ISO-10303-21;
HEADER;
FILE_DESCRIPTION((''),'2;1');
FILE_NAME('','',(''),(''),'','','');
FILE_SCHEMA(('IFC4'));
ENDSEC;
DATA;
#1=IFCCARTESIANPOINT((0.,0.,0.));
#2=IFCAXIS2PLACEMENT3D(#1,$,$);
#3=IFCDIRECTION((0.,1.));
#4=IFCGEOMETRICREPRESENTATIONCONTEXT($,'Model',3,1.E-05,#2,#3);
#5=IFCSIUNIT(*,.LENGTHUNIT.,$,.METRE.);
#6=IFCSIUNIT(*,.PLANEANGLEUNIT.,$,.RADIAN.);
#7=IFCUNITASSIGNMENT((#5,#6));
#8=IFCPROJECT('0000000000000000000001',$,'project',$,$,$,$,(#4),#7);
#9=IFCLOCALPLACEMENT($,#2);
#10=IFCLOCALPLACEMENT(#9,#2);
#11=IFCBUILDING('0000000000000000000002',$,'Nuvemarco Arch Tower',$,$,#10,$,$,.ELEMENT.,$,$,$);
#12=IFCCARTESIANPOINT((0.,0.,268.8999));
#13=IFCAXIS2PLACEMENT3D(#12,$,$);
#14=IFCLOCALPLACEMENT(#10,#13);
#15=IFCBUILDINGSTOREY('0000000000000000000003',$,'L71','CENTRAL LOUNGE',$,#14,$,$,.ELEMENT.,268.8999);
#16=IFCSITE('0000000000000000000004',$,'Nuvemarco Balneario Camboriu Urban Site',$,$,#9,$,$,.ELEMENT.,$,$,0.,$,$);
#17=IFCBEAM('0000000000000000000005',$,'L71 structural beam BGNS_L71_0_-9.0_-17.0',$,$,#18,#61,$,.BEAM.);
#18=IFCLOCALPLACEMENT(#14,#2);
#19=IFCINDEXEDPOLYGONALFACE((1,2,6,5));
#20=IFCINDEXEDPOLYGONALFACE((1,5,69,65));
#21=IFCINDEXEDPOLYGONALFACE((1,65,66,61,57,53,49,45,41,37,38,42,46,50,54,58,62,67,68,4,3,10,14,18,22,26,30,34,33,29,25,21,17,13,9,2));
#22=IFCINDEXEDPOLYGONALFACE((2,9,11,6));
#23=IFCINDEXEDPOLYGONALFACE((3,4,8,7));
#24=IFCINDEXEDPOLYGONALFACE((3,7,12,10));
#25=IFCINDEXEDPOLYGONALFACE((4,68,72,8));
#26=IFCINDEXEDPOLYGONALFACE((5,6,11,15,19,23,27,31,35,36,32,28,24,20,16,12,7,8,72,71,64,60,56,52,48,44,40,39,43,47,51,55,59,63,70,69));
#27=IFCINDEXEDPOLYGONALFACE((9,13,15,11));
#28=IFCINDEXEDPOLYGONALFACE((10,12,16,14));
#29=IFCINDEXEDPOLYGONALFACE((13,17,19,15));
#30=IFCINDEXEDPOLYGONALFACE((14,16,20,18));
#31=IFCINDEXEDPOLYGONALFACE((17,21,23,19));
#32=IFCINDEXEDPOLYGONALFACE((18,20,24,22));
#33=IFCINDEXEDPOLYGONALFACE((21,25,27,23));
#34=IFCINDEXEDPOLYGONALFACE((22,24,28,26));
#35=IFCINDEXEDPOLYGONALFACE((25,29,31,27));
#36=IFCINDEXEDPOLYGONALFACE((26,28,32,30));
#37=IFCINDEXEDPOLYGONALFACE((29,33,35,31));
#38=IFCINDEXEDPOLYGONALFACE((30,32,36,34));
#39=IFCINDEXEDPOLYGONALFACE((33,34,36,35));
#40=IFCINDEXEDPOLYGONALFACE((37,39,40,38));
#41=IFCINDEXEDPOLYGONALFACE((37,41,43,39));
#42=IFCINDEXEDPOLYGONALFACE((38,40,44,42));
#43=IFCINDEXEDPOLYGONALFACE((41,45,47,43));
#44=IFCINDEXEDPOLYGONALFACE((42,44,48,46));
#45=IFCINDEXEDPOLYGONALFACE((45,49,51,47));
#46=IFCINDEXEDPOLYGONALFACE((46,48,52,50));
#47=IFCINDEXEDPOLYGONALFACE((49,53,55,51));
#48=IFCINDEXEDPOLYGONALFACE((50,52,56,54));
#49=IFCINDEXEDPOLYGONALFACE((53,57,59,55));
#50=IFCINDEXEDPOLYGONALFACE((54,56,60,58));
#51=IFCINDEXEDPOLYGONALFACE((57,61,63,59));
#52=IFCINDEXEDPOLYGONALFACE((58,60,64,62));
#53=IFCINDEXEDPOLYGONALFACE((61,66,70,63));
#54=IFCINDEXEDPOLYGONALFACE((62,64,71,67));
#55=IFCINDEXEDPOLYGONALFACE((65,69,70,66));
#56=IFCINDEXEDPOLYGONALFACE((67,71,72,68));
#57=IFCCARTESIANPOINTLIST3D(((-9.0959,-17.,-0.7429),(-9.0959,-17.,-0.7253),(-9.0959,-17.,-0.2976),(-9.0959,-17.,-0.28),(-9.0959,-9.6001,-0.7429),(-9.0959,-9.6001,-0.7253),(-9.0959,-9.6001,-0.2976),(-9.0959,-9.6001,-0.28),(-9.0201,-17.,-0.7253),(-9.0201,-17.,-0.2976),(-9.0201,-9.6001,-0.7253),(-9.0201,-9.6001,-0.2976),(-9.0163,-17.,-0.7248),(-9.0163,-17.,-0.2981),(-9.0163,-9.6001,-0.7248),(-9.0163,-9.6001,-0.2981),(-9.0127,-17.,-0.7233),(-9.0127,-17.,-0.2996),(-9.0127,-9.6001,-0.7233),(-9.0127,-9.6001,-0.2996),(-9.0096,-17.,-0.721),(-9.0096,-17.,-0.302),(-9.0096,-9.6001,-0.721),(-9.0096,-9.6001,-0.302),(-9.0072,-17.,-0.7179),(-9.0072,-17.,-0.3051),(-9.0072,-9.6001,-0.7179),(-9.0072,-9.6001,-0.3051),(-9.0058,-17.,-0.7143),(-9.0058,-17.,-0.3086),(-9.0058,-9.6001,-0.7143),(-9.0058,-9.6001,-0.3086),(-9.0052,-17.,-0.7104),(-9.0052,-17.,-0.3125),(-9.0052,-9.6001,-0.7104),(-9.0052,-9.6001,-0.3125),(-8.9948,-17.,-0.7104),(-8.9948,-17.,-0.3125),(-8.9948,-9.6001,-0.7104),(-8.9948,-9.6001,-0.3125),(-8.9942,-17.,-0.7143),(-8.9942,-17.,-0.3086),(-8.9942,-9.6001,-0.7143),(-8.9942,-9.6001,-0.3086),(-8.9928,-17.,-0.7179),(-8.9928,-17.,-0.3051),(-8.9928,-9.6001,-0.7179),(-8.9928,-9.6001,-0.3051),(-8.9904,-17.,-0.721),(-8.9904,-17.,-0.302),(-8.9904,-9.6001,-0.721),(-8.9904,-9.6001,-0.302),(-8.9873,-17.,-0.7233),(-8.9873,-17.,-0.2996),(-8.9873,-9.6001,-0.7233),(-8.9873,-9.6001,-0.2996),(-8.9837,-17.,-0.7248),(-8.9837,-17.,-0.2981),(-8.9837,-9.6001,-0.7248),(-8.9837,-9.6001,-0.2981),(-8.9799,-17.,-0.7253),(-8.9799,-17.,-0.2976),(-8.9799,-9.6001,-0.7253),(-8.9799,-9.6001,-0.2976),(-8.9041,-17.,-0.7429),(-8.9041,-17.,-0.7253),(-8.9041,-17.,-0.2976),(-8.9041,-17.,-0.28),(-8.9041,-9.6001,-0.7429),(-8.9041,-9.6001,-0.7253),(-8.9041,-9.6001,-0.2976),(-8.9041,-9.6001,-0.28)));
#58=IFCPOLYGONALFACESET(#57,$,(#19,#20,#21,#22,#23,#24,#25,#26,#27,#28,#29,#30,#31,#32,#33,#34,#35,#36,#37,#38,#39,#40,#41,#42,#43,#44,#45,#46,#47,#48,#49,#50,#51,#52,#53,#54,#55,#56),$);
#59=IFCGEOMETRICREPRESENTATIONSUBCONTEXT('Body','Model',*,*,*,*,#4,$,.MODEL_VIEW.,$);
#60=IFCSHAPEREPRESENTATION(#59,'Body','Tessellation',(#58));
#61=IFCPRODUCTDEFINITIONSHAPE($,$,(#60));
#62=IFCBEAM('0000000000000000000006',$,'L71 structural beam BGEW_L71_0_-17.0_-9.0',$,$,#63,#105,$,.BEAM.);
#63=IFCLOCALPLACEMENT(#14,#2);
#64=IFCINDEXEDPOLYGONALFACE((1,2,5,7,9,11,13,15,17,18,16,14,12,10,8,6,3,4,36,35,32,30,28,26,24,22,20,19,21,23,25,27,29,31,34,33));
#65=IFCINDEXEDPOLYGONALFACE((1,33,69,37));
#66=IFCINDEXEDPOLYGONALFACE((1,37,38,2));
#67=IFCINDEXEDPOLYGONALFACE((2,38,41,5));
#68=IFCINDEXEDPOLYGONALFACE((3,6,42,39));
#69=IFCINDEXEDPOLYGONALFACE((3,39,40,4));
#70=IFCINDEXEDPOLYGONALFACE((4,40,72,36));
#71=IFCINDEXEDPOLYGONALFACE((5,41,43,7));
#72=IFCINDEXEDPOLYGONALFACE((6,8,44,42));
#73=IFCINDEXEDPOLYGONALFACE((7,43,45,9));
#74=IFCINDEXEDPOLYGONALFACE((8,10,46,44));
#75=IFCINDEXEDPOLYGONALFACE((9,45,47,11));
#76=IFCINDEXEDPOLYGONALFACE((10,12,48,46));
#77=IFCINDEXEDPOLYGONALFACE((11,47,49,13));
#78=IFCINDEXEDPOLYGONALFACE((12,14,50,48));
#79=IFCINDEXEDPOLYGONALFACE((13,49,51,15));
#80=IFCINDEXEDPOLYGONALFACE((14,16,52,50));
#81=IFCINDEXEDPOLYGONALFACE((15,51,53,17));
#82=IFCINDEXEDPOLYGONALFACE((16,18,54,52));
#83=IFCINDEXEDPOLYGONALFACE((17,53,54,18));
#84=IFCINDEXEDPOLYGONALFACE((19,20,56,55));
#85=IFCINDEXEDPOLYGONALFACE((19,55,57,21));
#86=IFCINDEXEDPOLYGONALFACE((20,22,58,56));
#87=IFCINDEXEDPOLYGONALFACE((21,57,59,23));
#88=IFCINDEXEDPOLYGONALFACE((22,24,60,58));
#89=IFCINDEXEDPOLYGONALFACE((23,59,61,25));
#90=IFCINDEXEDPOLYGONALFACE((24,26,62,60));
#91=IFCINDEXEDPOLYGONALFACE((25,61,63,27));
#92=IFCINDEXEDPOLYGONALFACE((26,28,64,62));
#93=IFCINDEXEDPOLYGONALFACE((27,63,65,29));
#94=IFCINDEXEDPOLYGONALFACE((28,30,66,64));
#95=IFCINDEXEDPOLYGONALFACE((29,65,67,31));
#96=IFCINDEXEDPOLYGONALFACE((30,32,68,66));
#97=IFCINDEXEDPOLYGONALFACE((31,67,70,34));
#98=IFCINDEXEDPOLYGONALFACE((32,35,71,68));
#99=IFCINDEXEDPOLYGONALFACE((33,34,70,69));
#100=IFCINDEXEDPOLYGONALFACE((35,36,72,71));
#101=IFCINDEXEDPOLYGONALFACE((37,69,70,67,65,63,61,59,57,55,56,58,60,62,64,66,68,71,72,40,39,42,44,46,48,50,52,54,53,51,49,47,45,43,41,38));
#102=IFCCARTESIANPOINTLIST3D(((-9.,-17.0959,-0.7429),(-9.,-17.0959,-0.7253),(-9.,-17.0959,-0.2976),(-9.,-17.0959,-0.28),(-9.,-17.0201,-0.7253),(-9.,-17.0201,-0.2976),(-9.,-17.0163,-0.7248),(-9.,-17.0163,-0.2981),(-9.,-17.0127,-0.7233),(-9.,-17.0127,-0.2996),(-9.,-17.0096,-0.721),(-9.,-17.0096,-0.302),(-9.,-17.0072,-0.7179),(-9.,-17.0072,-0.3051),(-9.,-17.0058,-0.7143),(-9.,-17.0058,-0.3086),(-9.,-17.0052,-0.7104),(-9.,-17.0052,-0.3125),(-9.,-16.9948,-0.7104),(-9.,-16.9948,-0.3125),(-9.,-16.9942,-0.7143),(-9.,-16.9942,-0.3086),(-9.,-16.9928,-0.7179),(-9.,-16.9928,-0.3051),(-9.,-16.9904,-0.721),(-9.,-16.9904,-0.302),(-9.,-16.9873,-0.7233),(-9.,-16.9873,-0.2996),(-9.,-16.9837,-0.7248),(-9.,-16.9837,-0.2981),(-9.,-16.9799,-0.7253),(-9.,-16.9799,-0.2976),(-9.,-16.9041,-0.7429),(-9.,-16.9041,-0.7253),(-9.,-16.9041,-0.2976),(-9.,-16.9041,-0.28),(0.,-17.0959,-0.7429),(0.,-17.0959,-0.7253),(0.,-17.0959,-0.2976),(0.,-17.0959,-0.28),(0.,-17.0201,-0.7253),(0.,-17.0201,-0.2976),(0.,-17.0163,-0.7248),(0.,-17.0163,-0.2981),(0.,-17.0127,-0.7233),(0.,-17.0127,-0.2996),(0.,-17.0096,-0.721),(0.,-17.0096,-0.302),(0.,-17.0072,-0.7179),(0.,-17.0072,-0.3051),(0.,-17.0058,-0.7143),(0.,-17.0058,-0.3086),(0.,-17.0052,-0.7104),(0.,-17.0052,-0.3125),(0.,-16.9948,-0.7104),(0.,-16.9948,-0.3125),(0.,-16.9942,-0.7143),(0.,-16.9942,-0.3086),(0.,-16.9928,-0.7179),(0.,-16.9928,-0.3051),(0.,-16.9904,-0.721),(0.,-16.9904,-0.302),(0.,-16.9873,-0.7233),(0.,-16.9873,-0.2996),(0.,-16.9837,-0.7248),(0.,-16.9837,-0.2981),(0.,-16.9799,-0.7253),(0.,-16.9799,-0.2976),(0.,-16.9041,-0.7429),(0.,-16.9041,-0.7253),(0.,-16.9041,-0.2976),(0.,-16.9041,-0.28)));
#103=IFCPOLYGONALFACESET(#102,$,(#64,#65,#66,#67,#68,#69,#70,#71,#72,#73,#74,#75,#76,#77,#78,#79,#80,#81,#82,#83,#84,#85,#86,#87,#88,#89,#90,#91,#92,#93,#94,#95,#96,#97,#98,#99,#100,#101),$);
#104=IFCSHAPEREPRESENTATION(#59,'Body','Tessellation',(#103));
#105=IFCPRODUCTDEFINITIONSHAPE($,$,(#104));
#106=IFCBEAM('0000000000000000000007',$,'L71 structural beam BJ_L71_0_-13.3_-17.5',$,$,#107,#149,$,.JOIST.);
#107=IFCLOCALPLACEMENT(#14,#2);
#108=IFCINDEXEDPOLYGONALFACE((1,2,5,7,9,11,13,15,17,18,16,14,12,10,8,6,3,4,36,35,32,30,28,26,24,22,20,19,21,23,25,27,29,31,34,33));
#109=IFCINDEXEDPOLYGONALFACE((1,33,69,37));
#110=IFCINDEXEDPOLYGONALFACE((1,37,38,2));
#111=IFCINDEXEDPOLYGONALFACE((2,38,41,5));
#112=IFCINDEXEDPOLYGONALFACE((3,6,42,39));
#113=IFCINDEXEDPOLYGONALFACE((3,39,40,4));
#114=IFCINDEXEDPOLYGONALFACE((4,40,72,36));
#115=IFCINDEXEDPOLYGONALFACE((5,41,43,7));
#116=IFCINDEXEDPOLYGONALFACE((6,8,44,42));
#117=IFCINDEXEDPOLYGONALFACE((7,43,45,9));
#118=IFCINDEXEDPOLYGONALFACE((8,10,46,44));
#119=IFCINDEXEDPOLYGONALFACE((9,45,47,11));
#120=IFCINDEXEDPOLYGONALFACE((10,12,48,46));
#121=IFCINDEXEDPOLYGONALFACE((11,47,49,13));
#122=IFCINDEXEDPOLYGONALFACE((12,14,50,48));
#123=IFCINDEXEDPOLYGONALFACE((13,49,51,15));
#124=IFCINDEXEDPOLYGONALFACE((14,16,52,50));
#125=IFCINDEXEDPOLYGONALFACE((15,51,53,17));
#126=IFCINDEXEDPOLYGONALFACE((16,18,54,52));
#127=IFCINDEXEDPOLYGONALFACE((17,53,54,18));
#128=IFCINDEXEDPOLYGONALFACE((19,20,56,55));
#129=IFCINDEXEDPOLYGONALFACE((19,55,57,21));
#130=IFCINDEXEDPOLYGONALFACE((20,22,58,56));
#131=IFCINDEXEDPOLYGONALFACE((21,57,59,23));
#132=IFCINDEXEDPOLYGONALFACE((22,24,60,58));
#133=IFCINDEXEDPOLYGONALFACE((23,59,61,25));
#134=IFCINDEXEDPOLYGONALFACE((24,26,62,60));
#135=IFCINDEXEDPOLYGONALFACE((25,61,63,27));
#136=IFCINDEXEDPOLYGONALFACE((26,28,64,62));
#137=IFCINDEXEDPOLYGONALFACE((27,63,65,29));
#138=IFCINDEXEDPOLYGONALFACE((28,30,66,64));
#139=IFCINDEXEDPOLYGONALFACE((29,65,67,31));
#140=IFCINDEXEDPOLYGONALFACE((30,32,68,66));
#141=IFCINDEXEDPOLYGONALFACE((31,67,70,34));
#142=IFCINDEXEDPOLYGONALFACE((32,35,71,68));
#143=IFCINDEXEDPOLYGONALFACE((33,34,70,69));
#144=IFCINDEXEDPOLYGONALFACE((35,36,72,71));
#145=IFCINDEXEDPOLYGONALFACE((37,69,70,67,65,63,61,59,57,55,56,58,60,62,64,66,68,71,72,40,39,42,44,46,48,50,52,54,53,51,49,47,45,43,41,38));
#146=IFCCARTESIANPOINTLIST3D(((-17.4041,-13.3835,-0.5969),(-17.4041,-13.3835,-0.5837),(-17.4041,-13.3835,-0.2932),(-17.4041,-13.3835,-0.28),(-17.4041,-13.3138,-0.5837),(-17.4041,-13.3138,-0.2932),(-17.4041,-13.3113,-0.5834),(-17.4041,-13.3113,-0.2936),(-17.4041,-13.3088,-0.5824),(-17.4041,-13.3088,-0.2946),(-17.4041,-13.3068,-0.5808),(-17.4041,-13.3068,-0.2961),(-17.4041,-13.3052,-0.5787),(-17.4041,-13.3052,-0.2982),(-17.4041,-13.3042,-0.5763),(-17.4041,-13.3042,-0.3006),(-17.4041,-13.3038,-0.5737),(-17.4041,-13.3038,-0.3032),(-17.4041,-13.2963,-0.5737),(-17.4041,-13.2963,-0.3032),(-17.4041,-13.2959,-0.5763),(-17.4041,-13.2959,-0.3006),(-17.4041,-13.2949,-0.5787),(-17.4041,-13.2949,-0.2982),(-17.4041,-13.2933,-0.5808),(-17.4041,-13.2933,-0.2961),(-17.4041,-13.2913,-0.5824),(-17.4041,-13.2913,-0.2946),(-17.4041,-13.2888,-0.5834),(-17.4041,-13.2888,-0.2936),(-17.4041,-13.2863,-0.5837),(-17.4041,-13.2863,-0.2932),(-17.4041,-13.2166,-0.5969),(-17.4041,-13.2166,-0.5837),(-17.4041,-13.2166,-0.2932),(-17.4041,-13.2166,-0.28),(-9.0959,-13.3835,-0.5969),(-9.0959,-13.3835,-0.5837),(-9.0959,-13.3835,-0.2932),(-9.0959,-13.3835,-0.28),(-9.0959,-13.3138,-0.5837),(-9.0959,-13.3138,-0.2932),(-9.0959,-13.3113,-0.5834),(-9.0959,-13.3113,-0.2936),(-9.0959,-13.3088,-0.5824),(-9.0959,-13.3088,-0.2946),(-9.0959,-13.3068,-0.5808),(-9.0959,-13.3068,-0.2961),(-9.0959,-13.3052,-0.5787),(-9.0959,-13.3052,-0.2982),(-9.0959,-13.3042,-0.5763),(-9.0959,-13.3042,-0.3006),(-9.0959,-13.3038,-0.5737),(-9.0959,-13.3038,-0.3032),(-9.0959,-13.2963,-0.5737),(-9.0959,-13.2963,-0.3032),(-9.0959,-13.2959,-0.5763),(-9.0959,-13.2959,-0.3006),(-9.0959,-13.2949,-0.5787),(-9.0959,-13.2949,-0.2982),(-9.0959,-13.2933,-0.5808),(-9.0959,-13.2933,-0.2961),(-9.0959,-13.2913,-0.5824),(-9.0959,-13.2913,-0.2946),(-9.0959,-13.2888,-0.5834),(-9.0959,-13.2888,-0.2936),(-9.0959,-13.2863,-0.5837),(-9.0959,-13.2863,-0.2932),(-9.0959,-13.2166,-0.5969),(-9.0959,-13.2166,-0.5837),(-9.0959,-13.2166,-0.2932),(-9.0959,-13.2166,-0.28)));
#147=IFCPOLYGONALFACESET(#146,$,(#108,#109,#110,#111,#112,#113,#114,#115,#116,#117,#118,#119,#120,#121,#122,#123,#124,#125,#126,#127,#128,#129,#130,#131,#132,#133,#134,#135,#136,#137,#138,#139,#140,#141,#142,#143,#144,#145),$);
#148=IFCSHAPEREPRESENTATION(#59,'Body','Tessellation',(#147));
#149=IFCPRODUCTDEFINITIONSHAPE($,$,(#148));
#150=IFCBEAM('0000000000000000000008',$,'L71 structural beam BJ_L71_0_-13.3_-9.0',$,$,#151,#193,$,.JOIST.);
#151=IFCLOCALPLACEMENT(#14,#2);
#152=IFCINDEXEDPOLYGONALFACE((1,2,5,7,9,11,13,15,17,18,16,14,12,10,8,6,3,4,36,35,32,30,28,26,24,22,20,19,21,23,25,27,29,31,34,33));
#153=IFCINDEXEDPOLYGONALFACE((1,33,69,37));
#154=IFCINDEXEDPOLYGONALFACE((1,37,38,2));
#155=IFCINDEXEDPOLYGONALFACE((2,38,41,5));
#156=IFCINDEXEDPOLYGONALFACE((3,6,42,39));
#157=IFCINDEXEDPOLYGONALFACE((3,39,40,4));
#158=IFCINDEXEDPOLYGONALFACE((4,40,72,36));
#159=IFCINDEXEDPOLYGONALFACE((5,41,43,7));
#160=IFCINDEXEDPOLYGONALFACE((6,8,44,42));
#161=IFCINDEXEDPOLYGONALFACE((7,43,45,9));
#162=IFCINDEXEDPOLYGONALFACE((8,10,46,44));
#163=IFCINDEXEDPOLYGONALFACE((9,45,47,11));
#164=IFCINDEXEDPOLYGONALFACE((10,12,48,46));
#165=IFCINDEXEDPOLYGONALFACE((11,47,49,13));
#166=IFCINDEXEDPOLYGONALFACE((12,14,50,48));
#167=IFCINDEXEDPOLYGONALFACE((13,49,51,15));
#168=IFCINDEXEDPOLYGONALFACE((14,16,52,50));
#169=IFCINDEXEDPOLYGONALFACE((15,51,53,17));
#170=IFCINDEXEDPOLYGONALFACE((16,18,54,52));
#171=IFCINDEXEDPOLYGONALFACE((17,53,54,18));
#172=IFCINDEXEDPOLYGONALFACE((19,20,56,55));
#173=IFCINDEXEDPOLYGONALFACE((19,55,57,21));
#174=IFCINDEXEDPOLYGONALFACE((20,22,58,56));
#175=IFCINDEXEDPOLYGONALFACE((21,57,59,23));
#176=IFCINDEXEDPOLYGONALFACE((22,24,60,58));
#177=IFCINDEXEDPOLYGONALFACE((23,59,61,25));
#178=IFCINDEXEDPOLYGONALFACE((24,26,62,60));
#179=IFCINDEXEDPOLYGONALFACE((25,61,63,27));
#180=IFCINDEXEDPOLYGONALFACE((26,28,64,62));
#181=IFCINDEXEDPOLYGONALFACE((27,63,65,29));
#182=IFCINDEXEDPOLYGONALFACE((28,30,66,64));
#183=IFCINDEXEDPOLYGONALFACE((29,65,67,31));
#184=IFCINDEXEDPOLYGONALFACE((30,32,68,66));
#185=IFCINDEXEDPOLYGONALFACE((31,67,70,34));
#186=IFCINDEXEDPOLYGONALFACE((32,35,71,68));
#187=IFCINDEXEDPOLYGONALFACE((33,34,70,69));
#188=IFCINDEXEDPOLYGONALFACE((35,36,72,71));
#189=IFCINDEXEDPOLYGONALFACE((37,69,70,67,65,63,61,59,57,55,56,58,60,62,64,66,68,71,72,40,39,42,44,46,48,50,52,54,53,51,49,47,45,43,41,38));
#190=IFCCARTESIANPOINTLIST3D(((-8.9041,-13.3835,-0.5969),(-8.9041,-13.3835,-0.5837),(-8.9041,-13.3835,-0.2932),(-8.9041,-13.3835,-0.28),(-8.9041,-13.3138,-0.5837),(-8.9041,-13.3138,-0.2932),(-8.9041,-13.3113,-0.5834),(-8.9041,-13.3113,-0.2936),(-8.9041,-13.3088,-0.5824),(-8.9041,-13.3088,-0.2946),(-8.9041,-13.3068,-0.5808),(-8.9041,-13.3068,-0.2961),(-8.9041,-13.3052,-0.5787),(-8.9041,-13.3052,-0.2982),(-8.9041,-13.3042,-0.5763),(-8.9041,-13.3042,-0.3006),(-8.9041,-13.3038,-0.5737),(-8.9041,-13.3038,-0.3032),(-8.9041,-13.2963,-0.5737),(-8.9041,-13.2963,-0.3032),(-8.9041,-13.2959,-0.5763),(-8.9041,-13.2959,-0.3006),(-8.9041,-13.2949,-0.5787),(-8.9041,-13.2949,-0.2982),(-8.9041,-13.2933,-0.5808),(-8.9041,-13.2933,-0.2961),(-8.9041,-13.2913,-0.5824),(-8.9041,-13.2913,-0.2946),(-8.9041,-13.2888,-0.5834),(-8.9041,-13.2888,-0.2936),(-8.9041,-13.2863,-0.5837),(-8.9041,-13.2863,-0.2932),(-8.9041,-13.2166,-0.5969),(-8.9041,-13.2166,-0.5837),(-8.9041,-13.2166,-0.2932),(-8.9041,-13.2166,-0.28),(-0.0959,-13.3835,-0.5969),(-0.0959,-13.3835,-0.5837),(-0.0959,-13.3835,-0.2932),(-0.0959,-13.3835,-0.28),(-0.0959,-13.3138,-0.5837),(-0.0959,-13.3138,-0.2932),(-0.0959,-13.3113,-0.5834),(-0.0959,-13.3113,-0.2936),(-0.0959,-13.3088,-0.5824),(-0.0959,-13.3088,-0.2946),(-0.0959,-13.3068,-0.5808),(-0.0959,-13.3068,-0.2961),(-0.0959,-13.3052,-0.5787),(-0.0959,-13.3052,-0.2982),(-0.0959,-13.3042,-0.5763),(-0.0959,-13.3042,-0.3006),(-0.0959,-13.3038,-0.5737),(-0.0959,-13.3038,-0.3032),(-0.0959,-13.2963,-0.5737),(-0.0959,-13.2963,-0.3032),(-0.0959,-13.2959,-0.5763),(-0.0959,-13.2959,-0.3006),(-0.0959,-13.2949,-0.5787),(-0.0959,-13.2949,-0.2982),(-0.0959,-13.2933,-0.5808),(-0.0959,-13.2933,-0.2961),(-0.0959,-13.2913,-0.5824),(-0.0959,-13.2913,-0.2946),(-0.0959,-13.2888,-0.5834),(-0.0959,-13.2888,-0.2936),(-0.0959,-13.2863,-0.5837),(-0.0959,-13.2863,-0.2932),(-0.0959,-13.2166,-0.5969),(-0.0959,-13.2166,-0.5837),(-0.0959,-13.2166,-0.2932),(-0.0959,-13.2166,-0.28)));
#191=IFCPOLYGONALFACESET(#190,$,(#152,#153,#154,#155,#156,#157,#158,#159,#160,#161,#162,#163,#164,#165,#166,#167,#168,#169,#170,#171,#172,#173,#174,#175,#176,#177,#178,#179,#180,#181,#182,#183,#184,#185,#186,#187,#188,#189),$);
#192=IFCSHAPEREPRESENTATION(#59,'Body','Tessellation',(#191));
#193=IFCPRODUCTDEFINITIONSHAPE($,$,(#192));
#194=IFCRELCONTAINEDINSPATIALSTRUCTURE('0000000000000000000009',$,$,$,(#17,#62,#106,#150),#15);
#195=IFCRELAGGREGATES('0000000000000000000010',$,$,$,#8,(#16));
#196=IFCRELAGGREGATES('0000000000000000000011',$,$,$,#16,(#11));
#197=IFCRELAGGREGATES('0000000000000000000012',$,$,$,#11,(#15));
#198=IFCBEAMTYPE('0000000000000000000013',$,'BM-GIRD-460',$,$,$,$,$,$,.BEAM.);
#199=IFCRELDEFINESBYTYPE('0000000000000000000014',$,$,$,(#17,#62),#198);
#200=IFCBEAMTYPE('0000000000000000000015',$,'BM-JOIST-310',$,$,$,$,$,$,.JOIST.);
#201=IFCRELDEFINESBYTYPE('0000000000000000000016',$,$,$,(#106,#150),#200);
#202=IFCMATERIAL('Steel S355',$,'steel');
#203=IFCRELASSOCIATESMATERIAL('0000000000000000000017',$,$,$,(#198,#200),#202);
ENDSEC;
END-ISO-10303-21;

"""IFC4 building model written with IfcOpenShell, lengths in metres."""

from ifc_helpers import new_model, si_unit, direction, frame, origin, origin_2d, place, context, subcontext, project, spatial, i_section, extrude, material, material_profile, profile_set, type_object, element, save


model = new_model("IFC4")

# Units and contexts
model_context = context("Model", 3, precision=1e-05, world=origin(), true_north=direction((0.0, 1.0)))
body_context = subcontext(model_context, "Body", "Model", "MODEL_VIEW")
ifc_project = project(units=[si_unit("LENGTHUNIT", "METRE"), si_unit("PLANEANGLEUNIT", "RADIAN")], contexts=[model_context])

# Site, building, storey
site_placement = place(None, origin())
site = spatial("IfcSite", under=ifc_project, at=site_placement, Name="Nuvemarco Balneario Camboriu Urban Site", CompositionType="ELEMENT", RefElevation=0.0)
building_placement = place(site_placement, origin())
building = spatial("IfcBuilding", under=site, at=building_placement, Name="Nuvemarco Arch Tower", CompositionType="ELEMENT")
storey_placement = place(building_placement, frame((0.0, 0.0, 268.8999)))
storey = spatial("IfcBuildingStorey", under=building, at=storey_placement, Name="L71", Description="CENTRAL LOUNGE", CompositionType="ELEMENT", Elevation=268.8999)

# Shared definitions
ifc_material_1 = material(Name="Steel S355", Category="steel")

# Beams
ifc_material_profile_1 = material_profile(ifc_material_1, i_section(OverallWidth=0.1919, OverallDepth=0.4629, WebThickness=0.0105, FlangeThickness=0.0176, FilletRadius=0.0149, at=origin_2d()), Name="W460x89")
ifc_profile_set_1 = profile_set([ifc_material_profile_1], Name="Steel S355")
beam_type_1 = type_object("IfcBeamType", Name="BM-GIRD-460", PredefinedType="BEAM", material=ifc_profile_set_1)
beam_1_placement = place(storey_placement, frame((-9.0, -17.0, -0.5115), z_axis=(0.0, 1.0, 0.0), x_axis=(-1.0, 0.0, 0.0)))
element("IfcBeam", 1, at=beam_1_placement, inside=storey, type_object=beam_type_1, Name="L71 structural beam BGNS_L71_0_-9.0_-17.0", PredefinedType="BEAM", context=body_context, shape_type="SweptSolid", body=[
    extrude(i_section(OverallWidth=0.1919, OverallDepth=0.4629, WebThickness=0.0105, FlangeThickness=0.0176, FilletRadius=0.0149, at=origin_2d()), origin(), (0.0, 0.0, 1.0), 7.3999),
])
beam_2_placement = place(storey_placement, frame((-9.0, -17.0, -0.5115), z_axis=(1.0, 0.0, 0.0), x_axis=(0.0, 1.0, 0.0)))
element("IfcBeam", 2, at=beam_2_placement, inside=storey, type_object=beam_type_1, Name="L71 structural beam BGEW_L71_0_-17.0_-9.0", PredefinedType="BEAM", context=body_context, shape_type="SweptSolid", body=[
    extrude(i_section(OverallWidth=0.1919, OverallDepth=0.4629, WebThickness=0.0105, FlangeThickness=0.0176, FilletRadius=0.0149, at=origin_2d()), origin(), (0.0, 0.0, 1.0), 9.0),
])
ifc_material_profile_2 = material_profile(ifc_material_1, i_section(OverallWidth=0.167, OverallDepth=0.3169, WebThickness=0.0076, FlangeThickness=0.0132, FilletRadius=0.01, at=origin_2d()), Name="W310x52")
ifc_profile_set_2 = profile_set([ifc_material_profile_2], Name="Steel S355")
beam_type_2 = type_object("IfcBeamType", Name="BM-JOIST-310", PredefinedType="JOIST", material=ifc_profile_set_2)
beam_3_placement = place(storey_placement, frame((-17.4041, -13.3, -0.4385), z_axis=(1.0, 0.0, 0.0), x_axis=(0.0, 1.0, 0.0)))
element("IfcBeam", 3, at=beam_3_placement, inside=storey, type_object=beam_type_2, Name="L71 structural beam BJ_L71_0_-13.3_-17.5", PredefinedType="JOIST", context=body_context, shape_type="SweptSolid", body=[
    extrude(i_section(OverallWidth=0.167, OverallDepth=0.3169, WebThickness=0.0076, FlangeThickness=0.0132, FilletRadius=0.01, at=origin_2d()), origin(), (0.0, 0.0, 1.0), 8.3081),
])
beam_4_placement = place(storey_placement, frame((-8.9041, -13.3, -0.4385), z_axis=(1.0, 0.0, 0.0), x_axis=(0.0, 1.0, 0.0)))
element("IfcBeam", 4, at=beam_4_placement, inside=storey, type_object=beam_type_2, Name="L71 structural beam BJ_L71_0_-13.3_-9.0", PredefinedType="JOIST", context=body_context, shape_type="SweptSolid", body=[
    extrude(i_section(OverallWidth=0.167, OverallDepth=0.3169, WebThickness=0.0076, FlangeThickness=0.0132, FilletRadius=0.01, at=origin_2d()), origin(), (0.0, 0.0, 1.0), 8.8081),
])

save(model, "model.ifc")
